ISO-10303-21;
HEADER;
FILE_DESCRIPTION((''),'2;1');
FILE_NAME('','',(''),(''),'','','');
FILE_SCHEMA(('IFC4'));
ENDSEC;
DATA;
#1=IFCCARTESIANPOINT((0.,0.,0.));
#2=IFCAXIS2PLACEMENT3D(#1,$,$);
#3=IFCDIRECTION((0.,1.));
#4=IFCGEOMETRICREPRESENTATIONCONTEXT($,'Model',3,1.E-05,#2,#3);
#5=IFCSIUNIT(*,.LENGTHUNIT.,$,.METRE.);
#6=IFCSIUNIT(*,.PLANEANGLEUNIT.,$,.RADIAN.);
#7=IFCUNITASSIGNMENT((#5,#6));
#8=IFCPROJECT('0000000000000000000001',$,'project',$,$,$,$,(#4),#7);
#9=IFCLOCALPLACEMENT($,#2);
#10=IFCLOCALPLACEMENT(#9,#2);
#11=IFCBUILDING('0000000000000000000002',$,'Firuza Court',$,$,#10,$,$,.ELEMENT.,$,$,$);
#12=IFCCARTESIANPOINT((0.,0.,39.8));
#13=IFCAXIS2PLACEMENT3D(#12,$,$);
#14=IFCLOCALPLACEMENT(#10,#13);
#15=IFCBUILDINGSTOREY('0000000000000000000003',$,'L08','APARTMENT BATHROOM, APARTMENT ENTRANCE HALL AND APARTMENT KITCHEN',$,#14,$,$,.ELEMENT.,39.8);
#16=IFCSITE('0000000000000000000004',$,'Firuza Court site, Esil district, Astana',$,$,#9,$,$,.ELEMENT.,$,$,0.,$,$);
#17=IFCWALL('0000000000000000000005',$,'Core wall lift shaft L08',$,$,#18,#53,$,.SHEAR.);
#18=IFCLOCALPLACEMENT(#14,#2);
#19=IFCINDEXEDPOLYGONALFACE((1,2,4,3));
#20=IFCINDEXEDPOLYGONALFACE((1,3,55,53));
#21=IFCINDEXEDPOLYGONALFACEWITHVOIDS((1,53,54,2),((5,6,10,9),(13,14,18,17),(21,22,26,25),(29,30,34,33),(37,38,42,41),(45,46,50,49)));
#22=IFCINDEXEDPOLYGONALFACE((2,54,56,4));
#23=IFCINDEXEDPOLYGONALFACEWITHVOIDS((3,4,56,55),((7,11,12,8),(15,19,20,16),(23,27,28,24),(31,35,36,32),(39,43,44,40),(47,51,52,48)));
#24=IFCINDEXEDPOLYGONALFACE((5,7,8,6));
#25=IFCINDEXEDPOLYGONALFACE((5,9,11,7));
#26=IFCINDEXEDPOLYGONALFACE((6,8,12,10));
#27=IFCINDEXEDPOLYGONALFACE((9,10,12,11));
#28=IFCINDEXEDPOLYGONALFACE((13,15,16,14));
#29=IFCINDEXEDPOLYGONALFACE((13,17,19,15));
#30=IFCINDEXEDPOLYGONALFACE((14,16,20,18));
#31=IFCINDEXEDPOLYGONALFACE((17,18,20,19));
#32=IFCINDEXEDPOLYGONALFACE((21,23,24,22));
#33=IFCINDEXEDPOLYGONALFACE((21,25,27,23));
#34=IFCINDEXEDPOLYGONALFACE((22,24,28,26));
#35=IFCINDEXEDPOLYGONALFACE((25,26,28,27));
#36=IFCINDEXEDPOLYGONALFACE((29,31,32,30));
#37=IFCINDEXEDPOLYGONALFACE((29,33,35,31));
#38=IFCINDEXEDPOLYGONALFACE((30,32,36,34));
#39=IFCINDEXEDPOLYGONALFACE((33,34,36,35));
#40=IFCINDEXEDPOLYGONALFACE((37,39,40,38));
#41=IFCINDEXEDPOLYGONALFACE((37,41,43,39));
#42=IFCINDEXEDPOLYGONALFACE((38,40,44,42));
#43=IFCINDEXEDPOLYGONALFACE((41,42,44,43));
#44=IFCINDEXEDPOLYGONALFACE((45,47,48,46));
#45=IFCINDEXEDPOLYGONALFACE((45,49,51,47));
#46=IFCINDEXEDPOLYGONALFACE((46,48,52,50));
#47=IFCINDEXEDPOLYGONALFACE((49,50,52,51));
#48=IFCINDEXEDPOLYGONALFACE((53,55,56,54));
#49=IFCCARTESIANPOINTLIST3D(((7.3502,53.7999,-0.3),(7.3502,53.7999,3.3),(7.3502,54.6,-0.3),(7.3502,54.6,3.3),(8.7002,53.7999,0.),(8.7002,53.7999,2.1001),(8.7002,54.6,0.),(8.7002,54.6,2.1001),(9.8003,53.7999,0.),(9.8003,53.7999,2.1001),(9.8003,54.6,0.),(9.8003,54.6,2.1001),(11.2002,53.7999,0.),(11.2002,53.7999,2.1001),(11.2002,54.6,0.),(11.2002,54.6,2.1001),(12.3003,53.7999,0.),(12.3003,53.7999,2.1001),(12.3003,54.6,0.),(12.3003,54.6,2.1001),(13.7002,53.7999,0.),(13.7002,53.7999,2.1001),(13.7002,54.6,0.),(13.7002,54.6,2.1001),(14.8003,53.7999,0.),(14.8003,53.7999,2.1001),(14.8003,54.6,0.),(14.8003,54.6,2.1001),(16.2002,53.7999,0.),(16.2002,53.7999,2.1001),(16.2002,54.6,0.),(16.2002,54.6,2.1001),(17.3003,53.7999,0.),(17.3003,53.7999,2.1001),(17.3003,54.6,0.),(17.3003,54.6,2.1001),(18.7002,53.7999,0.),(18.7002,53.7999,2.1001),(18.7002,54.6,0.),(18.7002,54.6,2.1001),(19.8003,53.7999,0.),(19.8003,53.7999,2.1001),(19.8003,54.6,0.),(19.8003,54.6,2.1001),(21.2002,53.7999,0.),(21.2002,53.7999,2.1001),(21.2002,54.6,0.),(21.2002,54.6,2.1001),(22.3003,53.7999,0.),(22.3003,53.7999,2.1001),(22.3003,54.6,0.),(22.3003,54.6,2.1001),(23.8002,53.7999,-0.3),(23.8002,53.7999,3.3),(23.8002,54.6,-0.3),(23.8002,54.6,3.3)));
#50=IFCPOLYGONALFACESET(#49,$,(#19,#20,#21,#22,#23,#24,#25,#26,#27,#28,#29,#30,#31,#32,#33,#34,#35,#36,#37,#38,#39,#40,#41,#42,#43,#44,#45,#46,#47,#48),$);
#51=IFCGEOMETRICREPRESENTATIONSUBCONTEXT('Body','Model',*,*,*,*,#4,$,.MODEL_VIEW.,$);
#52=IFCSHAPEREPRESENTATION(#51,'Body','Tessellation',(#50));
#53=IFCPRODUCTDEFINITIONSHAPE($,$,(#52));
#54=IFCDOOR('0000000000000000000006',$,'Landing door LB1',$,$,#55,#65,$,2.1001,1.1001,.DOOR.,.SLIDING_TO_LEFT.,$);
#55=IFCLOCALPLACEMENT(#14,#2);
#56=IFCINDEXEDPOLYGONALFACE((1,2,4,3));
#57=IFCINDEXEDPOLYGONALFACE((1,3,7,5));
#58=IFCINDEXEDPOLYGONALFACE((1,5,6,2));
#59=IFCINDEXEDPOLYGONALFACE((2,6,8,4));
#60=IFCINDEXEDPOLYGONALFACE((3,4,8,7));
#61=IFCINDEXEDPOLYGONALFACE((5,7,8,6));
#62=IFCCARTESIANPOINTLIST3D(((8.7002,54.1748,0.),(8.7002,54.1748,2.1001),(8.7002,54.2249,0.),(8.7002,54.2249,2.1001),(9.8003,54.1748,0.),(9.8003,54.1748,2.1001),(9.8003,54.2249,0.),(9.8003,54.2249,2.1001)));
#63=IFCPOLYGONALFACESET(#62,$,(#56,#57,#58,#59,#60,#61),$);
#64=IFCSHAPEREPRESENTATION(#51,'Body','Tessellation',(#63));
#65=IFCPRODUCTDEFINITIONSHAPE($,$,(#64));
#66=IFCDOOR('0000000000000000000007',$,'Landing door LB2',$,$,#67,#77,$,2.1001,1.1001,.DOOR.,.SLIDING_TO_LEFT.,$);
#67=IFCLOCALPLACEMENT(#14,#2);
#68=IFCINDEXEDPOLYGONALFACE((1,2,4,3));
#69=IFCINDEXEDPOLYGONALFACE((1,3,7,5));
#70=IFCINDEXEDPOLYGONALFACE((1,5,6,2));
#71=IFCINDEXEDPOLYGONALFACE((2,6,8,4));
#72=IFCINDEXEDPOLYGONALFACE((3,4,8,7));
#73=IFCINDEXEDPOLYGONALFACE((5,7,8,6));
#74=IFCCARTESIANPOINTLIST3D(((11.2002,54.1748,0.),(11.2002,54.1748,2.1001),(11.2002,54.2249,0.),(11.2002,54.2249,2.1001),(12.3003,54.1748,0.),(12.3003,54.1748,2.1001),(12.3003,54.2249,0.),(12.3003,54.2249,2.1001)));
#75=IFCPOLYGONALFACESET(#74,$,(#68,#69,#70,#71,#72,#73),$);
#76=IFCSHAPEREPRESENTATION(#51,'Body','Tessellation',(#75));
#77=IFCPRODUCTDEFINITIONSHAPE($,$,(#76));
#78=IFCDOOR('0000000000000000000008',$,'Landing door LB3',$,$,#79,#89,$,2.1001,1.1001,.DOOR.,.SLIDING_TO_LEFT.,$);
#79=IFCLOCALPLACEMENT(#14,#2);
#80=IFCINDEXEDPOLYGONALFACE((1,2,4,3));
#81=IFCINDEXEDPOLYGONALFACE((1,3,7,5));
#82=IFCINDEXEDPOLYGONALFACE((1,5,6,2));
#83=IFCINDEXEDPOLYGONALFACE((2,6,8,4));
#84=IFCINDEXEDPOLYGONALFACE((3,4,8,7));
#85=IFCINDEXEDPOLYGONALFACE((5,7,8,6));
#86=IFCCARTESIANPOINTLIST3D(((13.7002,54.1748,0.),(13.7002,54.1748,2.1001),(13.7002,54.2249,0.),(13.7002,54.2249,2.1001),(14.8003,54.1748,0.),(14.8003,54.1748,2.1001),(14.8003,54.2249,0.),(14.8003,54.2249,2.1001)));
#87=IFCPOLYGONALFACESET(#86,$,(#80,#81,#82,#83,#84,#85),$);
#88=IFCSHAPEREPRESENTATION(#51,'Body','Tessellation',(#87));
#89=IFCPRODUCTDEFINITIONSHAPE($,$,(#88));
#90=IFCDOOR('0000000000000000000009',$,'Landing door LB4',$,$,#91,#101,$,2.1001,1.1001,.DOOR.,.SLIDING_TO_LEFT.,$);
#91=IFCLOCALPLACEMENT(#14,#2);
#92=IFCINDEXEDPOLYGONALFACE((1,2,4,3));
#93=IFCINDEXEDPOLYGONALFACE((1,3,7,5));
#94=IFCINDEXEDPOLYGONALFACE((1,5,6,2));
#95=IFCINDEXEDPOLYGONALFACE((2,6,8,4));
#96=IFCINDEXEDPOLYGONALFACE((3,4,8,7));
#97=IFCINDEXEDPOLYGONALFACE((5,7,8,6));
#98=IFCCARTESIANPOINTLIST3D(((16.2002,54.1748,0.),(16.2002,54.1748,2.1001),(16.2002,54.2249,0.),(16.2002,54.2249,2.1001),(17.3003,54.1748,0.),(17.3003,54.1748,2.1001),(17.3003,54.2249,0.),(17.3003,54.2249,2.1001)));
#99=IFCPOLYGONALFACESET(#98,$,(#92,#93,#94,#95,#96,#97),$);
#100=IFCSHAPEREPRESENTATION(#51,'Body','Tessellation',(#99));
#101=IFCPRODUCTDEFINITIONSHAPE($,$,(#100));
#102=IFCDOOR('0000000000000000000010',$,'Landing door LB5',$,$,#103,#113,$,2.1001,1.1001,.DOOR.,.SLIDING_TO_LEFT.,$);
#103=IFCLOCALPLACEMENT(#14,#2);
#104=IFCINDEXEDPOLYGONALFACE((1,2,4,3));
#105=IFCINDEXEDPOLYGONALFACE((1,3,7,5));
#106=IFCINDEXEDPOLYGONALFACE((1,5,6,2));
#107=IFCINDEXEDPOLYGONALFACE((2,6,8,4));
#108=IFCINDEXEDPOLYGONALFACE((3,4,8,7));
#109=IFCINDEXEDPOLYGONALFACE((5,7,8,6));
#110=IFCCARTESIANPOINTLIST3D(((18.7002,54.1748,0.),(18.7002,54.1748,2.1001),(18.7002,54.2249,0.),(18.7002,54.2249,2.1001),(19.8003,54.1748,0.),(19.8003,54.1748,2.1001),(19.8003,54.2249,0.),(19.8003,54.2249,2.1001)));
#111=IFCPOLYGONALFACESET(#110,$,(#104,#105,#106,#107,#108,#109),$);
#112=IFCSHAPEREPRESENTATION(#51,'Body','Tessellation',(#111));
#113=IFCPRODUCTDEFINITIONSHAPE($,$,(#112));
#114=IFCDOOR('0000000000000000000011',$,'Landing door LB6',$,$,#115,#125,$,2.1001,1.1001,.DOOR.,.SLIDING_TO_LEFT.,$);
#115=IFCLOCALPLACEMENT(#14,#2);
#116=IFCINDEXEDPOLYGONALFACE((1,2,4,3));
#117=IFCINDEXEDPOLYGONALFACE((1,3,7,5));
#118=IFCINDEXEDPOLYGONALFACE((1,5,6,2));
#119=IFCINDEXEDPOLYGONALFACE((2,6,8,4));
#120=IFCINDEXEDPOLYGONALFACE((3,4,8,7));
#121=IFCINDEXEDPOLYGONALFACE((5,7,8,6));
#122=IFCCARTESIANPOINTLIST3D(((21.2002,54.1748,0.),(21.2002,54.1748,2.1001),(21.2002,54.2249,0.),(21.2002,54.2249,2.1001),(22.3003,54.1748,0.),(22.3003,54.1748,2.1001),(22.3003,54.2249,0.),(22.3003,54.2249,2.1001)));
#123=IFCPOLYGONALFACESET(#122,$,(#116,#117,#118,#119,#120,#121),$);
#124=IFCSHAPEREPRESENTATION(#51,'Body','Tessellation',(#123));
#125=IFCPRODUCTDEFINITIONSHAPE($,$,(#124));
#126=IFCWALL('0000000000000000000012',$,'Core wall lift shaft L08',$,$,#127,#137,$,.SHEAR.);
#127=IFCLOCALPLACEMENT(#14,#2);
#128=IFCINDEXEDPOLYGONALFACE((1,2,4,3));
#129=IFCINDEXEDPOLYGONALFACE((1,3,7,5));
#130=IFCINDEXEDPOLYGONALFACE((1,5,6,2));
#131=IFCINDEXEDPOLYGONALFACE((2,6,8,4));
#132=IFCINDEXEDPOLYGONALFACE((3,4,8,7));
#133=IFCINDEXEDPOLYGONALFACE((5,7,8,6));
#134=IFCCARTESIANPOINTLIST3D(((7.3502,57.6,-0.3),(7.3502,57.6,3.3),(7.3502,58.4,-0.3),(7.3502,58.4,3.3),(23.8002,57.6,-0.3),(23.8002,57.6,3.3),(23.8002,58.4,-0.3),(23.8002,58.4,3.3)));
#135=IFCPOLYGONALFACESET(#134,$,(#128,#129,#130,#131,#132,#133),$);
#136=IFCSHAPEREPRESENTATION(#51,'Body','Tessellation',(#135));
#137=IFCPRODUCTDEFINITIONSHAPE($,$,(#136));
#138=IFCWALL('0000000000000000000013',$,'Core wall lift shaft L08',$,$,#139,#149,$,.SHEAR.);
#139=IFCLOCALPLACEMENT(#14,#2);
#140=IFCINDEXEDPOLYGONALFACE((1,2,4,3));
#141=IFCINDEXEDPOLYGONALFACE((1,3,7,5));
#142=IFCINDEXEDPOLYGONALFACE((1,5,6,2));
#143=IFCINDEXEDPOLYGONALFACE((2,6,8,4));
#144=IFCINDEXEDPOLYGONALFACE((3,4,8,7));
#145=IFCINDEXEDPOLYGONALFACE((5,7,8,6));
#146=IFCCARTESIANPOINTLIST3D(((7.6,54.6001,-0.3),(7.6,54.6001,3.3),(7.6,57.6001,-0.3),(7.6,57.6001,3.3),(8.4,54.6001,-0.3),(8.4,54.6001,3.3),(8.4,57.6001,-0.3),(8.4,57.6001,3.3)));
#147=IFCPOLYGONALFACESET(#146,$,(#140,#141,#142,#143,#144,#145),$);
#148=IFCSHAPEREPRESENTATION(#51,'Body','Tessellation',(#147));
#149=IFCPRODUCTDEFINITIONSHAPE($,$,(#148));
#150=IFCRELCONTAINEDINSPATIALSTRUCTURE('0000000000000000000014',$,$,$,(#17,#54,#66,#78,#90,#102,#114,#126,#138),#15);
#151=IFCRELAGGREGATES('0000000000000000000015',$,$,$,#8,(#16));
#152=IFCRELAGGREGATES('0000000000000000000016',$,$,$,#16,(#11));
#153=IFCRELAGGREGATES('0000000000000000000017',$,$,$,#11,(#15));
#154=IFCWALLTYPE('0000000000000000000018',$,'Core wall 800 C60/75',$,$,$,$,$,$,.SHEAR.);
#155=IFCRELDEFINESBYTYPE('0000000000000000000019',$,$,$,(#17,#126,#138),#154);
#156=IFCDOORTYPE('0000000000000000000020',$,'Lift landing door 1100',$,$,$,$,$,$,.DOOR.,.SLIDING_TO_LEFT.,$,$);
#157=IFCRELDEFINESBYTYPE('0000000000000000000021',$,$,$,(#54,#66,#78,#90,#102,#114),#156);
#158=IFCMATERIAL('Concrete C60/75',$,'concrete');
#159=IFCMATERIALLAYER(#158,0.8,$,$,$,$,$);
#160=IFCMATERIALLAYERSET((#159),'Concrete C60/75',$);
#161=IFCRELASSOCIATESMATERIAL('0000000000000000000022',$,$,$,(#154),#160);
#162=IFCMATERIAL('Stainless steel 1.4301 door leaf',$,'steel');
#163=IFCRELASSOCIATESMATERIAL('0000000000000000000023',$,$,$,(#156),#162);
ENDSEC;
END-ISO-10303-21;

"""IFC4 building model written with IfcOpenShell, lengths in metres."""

from ifc_helpers import new_model, si_unit, direction, frame, frame_2d, origin, place, context, subcontext, project, spatial, rectangle, extrude, material, layer, layer_set, type_object, element, fill, save


model = new_model("IFC4")

# Units and contexts
model_context = context("Model", 3, precision=1e-05, world=origin(), true_north=direction((0.0, 1.0)))
body_context = subcontext(model_context, "Body", "Model", "MODEL_VIEW")
ifc_project = project(units=[si_unit("LENGTHUNIT", "METRE"), si_unit("PLANEANGLEUNIT", "RADIAN")], contexts=[model_context])

# Site, building, storey
site_placement = place(None, origin())
site = spatial("IfcSite", under=ifc_project, at=site_placement, Name="Firuza Court site, Esil district, Astana", CompositionType="ELEMENT", RefElevation=0.0)
building_placement = place(site_placement, origin())
building = spatial("IfcBuilding", under=site, at=building_placement, Name="Firuza Court", CompositionType="ELEMENT")
storey_placement = place(building_placement, frame((0.0, 0.0, 39.8)))
storey = spatial("IfcBuildingStorey", under=building, at=storey_placement, Name="L08", Description="APARTMENT BATHROOM, APARTMENT ENTRANCE HALL AND APARTMENT KITCHEN", CompositionType="ELEMENT", Elevation=39.8)

# Shared definitions
ifc_material_1 = material(Name="Concrete C60/75", Category="concrete")

# Wall, openings, doors
ifc_layer_1 = layer(ifc_material_1, 0.8)
ifc_layer_set_1 = layer_set([ifc_layer_1], Name="Concrete C60/75")
wall_type_1 = type_object("IfcWallType", Name="Core wall 800 C60/75", PredefinedType="SHEAR", material=ifc_layer_set_1)
wall_1_placement = place(storey_placement, frame((7.3501, 54.2, -0.3), z_axis=(0.0, 0.0, 1.0), x_axis=(1.0, 0.0, 0.0)))
wall_1 = element("IfcWall", 1, at=wall_1_placement, inside=storey, type_object=wall_type_1, Name="Core wall lift shaft L08", PredefinedType="SHEAR", context=body_context, shape_type="SweptSolid", body=[
    extrude(rectangle(XDim=16.45, YDim=0.8, at=frame_2d((8.2251, 0.0))), origin(), (0.0, 0.0, 1.0), 3.6001),
])
opening_1_placement = place(wall_1_placement, frame((1.3501, 0.0, 0.3)))
opening_1 = element("IfcOpeningElement", 2, at=opening_1_placement, cuts=wall_1, PredefinedType="OPENING", context=body_context, shape_type="SweptSolid", body=[
    extrude(rectangle(XDim=1.1001, YDim=2.1001, at=frame_2d((0.55, 1.05))), frame((0.0, 0.4121, 0.0), z_axis=(0.0, -1.0, 0.0), x_axis=(1.0, 0.0, 0.0)), (0.0, 0.0, 1.0), 0.824),
])
opening_2_placement = place(wall_1_placement, frame((3.8501, 0.0, 0.3)))
opening_2 = element("IfcOpeningElement", 3, at=opening_2_placement, cuts=wall_1, PredefinedType="OPENING", context=body_context, shape_type="SweptSolid", body=[
    extrude(rectangle(XDim=1.1001, YDim=2.1001, at=frame_2d((0.55, 1.05))), frame((0.0, 0.4121, 0.0), z_axis=(0.0, -1.0, 0.0), x_axis=(1.0, 0.0, 0.0)), (0.0, 0.0, 1.0), 0.824),
])
opening_3_placement = place(wall_1_placement, frame((6.3501, 0.0, 0.3)))
opening_3 = element("IfcOpeningElement", 4, at=opening_3_placement, cuts=wall_1, PredefinedType="OPENING", context=body_context, shape_type="SweptSolid", body=[
    extrude(rectangle(XDim=1.1001, YDim=2.1001, at=frame_2d((0.55, 1.05))), frame((0.0, 0.4121, 0.0), z_axis=(0.0, -1.0, 0.0), x_axis=(1.0, 0.0, 0.0)), (0.0, 0.0, 1.0), 0.824),
])
opening_4_placement = place(wall_1_placement, frame((8.8501, 0.0, 0.3)))
opening_4 = element("IfcOpeningElement", 5, at=opening_4_placement, cuts=wall_1, PredefinedType="OPENING", context=body_context, shape_type="SweptSolid", body=[
    extrude(rectangle(XDim=1.1001, YDim=2.1001, at=frame_2d((0.55, 1.05))), frame((0.0, 0.4121, 0.0), z_axis=(0.0, -1.0, 0.0), x_axis=(1.0, 0.0, 0.0)), (0.0, 0.0, 1.0), 0.824),
])
opening_5_placement = place(wall_1_placement, frame((11.3501, 0.0, 0.3)))
opening_5 = element("IfcOpeningElement", 6, at=opening_5_placement, cuts=wall_1, PredefinedType="OPENING", context=body_context, shape_type="SweptSolid", body=[
    extrude(rectangle(XDim=1.1001, YDim=2.1001, at=frame_2d((0.55, 1.05))), frame((0.0, 0.4121, 0.0), z_axis=(0.0, -1.0, 0.0), x_axis=(1.0, 0.0, 0.0)), (0.0, 0.0, 1.0), 0.824),
])
opening_6_placement = place(wall_1_placement, frame((13.8501, 0.0, 0.3)))
opening_6 = element("IfcOpeningElement", 7, at=opening_6_placement, cuts=wall_1, PredefinedType="OPENING", context=body_context, shape_type="SweptSolid", body=[
    extrude(rectangle(XDim=1.1001, YDim=2.1001, at=frame_2d((0.55, 1.05))), frame((0.0, 0.4121, 0.0), z_axis=(0.0, -1.0, 0.0), x_axis=(1.0, 0.0, 0.0)), (0.0, 0.0, 1.0), 0.824),
])
ifc_material_2 = material(Name="Stainless steel 1.4301 door leaf", Category="steel")
door_type = type_object("IfcDoorType", Name="Lift landing door 1100", OperationType="SLIDING_TO_LEFT", PredefinedType="DOOR", material=ifc_material_2)
door_1_placement = place(opening_1_placement, origin())
door_1 = element("IfcDoor", 8, at=door_1_placement, inside=storey, type_object=door_type, Name="Landing door LB1", OperationType="SLIDING_TO_LEFT", OverallHeight=2.1001, OverallWidth=1.1001, PredefinedType="DOOR", context=body_context, shape_type="SweptSolid", body=[
    extrude(rectangle(XDim=1.1001, YDim=2.1001, at=frame_2d((0.55, 1.05))), frame((0.0, 0.0249, 0.0), z_axis=(0.0, -1.0, 0.0), x_axis=(1.0, 0.0, 0.0)), (0.0, 0.0, 1.0), 0.05),
])
fill(opening_1, door_1)
door_2_placement = place(opening_2_placement, origin())
door_2 = element("IfcDoor", 9, at=door_2_placement, inside=storey, type_object=door_type, Name="Landing door LB2", OperationType="SLIDING_TO_LEFT", OverallHeight=2.1001, OverallWidth=1.1001, PredefinedType="DOOR", context=body_context, shape_type="SweptSolid", body=[
    extrude(rectangle(XDim=1.1001, YDim=2.1001, at=frame_2d((0.55, 1.05))), frame((0.0, 0.0249, 0.0), z_axis=(0.0, -1.0, 0.0), x_axis=(1.0, 0.0, 0.0)), (0.0, 0.0, 1.0), 0.05),
])
fill(opening_2, door_2)
door_3_placement = place(opening_3_placement, origin())
door_3 = element("IfcDoor", 10, at=door_3_placement, inside=storey, type_object=door_type, Name="Landing door LB3", OperationType="SLIDING_TO_LEFT", OverallHeight=2.1001, OverallWidth=1.1001, PredefinedType="DOOR", context=body_context, shape_type="SweptSolid", body=[
    extrude(rectangle(XDim=1.1001, YDim=2.1001, at=frame_2d((0.55, 1.05))), frame((0.0, 0.0249, 0.0), z_axis=(0.0, -1.0, 0.0), x_axis=(1.0, 0.0, 0.0)), (0.0, 0.0, 1.0), 0.05),
])
fill(opening_3, door_3)
door_4_placement = place(opening_4_placement, origin())
door_4 = element("IfcDoor", 11, at=door_4_placement, inside=storey, type_object=door_type, Name="Landing door LB4", OperationType="SLIDING_TO_LEFT", OverallHeight=2.1001, OverallWidth=1.1001, PredefinedType="DOOR", context=body_context, shape_type="SweptSolid", body=[
    extrude(rectangle(XDim=1.1001, YDim=2.1001, at=frame_2d((0.55, 1.05))), frame((0.0, 0.0249, 0.0), z_axis=(0.0, -1.0, 0.0), x_axis=(1.0, 0.0, 0.0)), (0.0, 0.0, 1.0), 0.05),
])
fill(opening_4, door_4)
door_5_placement = place(opening_5_placement, origin())
door_5 = element("IfcDoor", 12, at=door_5_placement, inside=storey, type_object=door_type, Name="Landing door LB5", OperationType="SLIDING_TO_LEFT", OverallHeight=2.1001, OverallWidth=1.1001, PredefinedType="DOOR", context=body_context, shape_type="SweptSolid", body=[
    extrude(rectangle(XDim=1.1001, YDim=2.1001, at=frame_2d((0.55, 1.05))), frame((0.0, 0.0249, 0.0), z_axis=(0.0, -1.0, 0.0), x_axis=(1.0, 0.0, 0.0)), (0.0, 0.0, 1.0), 0.05),
])
fill(opening_5, door_5)
door_6_placement = place(opening_6_placement, origin())
door_6 = element("IfcDoor", 13, at=door_6_placement, inside=storey, type_object=door_type, Name="Landing door LB6", OperationType="SLIDING_TO_LEFT", OverallHeight=2.1001, OverallWidth=1.1001, PredefinedType="DOOR", context=body_context, shape_type="SweptSolid", body=[
    extrude(rectangle(XDim=1.1001, YDim=2.1001, at=frame_2d((0.55, 1.05))), frame((0.0, 0.0249, 0.0), z_axis=(0.0, -1.0, 0.0), x_axis=(1.0, 0.0, 0.0)), (0.0, 0.0, 1.0), 0.05),
])
fill(opening_6, door_6)

# Walls
wall_2_placement = place(storey_placement, frame((7.3501, 58.0, -0.3), z_axis=(0.0, 0.0, 1.0), x_axis=(1.0, 0.0, 0.0)))
element("IfcWall", 14, at=wall_2_placement, inside=storey, type_object=wall_type_1, Name="Core wall lift shaft L08", PredefinedType="SHEAR", context=body_context, shape_type="SweptSolid", body=[
    extrude(rectangle(XDim=16.45, YDim=0.8, at=frame_2d((8.2251, 0.0))), origin(), (0.0, 0.0, 1.0), 3.6001),
])
wall_3_placement = place(storey_placement, frame((8.0, 54.6001, -0.3), z_axis=(0.0, 0.0, 1.0), x_axis=(0.0, 1.0, 0.0)))
element("IfcWall", 15, at=wall_3_placement, inside=storey, type_object=wall_type_1, Name="Core wall lift shaft L08", PredefinedType="SHEAR", context=body_context, shape_type="SweptSolid", body=[
    extrude(rectangle(XDim=3.0, YDim=0.8, at=frame_2d((1.5, 0.0))), origin(), (0.0, 0.0, 1.0), 3.6001),
])

save(model, "model.ifc")
